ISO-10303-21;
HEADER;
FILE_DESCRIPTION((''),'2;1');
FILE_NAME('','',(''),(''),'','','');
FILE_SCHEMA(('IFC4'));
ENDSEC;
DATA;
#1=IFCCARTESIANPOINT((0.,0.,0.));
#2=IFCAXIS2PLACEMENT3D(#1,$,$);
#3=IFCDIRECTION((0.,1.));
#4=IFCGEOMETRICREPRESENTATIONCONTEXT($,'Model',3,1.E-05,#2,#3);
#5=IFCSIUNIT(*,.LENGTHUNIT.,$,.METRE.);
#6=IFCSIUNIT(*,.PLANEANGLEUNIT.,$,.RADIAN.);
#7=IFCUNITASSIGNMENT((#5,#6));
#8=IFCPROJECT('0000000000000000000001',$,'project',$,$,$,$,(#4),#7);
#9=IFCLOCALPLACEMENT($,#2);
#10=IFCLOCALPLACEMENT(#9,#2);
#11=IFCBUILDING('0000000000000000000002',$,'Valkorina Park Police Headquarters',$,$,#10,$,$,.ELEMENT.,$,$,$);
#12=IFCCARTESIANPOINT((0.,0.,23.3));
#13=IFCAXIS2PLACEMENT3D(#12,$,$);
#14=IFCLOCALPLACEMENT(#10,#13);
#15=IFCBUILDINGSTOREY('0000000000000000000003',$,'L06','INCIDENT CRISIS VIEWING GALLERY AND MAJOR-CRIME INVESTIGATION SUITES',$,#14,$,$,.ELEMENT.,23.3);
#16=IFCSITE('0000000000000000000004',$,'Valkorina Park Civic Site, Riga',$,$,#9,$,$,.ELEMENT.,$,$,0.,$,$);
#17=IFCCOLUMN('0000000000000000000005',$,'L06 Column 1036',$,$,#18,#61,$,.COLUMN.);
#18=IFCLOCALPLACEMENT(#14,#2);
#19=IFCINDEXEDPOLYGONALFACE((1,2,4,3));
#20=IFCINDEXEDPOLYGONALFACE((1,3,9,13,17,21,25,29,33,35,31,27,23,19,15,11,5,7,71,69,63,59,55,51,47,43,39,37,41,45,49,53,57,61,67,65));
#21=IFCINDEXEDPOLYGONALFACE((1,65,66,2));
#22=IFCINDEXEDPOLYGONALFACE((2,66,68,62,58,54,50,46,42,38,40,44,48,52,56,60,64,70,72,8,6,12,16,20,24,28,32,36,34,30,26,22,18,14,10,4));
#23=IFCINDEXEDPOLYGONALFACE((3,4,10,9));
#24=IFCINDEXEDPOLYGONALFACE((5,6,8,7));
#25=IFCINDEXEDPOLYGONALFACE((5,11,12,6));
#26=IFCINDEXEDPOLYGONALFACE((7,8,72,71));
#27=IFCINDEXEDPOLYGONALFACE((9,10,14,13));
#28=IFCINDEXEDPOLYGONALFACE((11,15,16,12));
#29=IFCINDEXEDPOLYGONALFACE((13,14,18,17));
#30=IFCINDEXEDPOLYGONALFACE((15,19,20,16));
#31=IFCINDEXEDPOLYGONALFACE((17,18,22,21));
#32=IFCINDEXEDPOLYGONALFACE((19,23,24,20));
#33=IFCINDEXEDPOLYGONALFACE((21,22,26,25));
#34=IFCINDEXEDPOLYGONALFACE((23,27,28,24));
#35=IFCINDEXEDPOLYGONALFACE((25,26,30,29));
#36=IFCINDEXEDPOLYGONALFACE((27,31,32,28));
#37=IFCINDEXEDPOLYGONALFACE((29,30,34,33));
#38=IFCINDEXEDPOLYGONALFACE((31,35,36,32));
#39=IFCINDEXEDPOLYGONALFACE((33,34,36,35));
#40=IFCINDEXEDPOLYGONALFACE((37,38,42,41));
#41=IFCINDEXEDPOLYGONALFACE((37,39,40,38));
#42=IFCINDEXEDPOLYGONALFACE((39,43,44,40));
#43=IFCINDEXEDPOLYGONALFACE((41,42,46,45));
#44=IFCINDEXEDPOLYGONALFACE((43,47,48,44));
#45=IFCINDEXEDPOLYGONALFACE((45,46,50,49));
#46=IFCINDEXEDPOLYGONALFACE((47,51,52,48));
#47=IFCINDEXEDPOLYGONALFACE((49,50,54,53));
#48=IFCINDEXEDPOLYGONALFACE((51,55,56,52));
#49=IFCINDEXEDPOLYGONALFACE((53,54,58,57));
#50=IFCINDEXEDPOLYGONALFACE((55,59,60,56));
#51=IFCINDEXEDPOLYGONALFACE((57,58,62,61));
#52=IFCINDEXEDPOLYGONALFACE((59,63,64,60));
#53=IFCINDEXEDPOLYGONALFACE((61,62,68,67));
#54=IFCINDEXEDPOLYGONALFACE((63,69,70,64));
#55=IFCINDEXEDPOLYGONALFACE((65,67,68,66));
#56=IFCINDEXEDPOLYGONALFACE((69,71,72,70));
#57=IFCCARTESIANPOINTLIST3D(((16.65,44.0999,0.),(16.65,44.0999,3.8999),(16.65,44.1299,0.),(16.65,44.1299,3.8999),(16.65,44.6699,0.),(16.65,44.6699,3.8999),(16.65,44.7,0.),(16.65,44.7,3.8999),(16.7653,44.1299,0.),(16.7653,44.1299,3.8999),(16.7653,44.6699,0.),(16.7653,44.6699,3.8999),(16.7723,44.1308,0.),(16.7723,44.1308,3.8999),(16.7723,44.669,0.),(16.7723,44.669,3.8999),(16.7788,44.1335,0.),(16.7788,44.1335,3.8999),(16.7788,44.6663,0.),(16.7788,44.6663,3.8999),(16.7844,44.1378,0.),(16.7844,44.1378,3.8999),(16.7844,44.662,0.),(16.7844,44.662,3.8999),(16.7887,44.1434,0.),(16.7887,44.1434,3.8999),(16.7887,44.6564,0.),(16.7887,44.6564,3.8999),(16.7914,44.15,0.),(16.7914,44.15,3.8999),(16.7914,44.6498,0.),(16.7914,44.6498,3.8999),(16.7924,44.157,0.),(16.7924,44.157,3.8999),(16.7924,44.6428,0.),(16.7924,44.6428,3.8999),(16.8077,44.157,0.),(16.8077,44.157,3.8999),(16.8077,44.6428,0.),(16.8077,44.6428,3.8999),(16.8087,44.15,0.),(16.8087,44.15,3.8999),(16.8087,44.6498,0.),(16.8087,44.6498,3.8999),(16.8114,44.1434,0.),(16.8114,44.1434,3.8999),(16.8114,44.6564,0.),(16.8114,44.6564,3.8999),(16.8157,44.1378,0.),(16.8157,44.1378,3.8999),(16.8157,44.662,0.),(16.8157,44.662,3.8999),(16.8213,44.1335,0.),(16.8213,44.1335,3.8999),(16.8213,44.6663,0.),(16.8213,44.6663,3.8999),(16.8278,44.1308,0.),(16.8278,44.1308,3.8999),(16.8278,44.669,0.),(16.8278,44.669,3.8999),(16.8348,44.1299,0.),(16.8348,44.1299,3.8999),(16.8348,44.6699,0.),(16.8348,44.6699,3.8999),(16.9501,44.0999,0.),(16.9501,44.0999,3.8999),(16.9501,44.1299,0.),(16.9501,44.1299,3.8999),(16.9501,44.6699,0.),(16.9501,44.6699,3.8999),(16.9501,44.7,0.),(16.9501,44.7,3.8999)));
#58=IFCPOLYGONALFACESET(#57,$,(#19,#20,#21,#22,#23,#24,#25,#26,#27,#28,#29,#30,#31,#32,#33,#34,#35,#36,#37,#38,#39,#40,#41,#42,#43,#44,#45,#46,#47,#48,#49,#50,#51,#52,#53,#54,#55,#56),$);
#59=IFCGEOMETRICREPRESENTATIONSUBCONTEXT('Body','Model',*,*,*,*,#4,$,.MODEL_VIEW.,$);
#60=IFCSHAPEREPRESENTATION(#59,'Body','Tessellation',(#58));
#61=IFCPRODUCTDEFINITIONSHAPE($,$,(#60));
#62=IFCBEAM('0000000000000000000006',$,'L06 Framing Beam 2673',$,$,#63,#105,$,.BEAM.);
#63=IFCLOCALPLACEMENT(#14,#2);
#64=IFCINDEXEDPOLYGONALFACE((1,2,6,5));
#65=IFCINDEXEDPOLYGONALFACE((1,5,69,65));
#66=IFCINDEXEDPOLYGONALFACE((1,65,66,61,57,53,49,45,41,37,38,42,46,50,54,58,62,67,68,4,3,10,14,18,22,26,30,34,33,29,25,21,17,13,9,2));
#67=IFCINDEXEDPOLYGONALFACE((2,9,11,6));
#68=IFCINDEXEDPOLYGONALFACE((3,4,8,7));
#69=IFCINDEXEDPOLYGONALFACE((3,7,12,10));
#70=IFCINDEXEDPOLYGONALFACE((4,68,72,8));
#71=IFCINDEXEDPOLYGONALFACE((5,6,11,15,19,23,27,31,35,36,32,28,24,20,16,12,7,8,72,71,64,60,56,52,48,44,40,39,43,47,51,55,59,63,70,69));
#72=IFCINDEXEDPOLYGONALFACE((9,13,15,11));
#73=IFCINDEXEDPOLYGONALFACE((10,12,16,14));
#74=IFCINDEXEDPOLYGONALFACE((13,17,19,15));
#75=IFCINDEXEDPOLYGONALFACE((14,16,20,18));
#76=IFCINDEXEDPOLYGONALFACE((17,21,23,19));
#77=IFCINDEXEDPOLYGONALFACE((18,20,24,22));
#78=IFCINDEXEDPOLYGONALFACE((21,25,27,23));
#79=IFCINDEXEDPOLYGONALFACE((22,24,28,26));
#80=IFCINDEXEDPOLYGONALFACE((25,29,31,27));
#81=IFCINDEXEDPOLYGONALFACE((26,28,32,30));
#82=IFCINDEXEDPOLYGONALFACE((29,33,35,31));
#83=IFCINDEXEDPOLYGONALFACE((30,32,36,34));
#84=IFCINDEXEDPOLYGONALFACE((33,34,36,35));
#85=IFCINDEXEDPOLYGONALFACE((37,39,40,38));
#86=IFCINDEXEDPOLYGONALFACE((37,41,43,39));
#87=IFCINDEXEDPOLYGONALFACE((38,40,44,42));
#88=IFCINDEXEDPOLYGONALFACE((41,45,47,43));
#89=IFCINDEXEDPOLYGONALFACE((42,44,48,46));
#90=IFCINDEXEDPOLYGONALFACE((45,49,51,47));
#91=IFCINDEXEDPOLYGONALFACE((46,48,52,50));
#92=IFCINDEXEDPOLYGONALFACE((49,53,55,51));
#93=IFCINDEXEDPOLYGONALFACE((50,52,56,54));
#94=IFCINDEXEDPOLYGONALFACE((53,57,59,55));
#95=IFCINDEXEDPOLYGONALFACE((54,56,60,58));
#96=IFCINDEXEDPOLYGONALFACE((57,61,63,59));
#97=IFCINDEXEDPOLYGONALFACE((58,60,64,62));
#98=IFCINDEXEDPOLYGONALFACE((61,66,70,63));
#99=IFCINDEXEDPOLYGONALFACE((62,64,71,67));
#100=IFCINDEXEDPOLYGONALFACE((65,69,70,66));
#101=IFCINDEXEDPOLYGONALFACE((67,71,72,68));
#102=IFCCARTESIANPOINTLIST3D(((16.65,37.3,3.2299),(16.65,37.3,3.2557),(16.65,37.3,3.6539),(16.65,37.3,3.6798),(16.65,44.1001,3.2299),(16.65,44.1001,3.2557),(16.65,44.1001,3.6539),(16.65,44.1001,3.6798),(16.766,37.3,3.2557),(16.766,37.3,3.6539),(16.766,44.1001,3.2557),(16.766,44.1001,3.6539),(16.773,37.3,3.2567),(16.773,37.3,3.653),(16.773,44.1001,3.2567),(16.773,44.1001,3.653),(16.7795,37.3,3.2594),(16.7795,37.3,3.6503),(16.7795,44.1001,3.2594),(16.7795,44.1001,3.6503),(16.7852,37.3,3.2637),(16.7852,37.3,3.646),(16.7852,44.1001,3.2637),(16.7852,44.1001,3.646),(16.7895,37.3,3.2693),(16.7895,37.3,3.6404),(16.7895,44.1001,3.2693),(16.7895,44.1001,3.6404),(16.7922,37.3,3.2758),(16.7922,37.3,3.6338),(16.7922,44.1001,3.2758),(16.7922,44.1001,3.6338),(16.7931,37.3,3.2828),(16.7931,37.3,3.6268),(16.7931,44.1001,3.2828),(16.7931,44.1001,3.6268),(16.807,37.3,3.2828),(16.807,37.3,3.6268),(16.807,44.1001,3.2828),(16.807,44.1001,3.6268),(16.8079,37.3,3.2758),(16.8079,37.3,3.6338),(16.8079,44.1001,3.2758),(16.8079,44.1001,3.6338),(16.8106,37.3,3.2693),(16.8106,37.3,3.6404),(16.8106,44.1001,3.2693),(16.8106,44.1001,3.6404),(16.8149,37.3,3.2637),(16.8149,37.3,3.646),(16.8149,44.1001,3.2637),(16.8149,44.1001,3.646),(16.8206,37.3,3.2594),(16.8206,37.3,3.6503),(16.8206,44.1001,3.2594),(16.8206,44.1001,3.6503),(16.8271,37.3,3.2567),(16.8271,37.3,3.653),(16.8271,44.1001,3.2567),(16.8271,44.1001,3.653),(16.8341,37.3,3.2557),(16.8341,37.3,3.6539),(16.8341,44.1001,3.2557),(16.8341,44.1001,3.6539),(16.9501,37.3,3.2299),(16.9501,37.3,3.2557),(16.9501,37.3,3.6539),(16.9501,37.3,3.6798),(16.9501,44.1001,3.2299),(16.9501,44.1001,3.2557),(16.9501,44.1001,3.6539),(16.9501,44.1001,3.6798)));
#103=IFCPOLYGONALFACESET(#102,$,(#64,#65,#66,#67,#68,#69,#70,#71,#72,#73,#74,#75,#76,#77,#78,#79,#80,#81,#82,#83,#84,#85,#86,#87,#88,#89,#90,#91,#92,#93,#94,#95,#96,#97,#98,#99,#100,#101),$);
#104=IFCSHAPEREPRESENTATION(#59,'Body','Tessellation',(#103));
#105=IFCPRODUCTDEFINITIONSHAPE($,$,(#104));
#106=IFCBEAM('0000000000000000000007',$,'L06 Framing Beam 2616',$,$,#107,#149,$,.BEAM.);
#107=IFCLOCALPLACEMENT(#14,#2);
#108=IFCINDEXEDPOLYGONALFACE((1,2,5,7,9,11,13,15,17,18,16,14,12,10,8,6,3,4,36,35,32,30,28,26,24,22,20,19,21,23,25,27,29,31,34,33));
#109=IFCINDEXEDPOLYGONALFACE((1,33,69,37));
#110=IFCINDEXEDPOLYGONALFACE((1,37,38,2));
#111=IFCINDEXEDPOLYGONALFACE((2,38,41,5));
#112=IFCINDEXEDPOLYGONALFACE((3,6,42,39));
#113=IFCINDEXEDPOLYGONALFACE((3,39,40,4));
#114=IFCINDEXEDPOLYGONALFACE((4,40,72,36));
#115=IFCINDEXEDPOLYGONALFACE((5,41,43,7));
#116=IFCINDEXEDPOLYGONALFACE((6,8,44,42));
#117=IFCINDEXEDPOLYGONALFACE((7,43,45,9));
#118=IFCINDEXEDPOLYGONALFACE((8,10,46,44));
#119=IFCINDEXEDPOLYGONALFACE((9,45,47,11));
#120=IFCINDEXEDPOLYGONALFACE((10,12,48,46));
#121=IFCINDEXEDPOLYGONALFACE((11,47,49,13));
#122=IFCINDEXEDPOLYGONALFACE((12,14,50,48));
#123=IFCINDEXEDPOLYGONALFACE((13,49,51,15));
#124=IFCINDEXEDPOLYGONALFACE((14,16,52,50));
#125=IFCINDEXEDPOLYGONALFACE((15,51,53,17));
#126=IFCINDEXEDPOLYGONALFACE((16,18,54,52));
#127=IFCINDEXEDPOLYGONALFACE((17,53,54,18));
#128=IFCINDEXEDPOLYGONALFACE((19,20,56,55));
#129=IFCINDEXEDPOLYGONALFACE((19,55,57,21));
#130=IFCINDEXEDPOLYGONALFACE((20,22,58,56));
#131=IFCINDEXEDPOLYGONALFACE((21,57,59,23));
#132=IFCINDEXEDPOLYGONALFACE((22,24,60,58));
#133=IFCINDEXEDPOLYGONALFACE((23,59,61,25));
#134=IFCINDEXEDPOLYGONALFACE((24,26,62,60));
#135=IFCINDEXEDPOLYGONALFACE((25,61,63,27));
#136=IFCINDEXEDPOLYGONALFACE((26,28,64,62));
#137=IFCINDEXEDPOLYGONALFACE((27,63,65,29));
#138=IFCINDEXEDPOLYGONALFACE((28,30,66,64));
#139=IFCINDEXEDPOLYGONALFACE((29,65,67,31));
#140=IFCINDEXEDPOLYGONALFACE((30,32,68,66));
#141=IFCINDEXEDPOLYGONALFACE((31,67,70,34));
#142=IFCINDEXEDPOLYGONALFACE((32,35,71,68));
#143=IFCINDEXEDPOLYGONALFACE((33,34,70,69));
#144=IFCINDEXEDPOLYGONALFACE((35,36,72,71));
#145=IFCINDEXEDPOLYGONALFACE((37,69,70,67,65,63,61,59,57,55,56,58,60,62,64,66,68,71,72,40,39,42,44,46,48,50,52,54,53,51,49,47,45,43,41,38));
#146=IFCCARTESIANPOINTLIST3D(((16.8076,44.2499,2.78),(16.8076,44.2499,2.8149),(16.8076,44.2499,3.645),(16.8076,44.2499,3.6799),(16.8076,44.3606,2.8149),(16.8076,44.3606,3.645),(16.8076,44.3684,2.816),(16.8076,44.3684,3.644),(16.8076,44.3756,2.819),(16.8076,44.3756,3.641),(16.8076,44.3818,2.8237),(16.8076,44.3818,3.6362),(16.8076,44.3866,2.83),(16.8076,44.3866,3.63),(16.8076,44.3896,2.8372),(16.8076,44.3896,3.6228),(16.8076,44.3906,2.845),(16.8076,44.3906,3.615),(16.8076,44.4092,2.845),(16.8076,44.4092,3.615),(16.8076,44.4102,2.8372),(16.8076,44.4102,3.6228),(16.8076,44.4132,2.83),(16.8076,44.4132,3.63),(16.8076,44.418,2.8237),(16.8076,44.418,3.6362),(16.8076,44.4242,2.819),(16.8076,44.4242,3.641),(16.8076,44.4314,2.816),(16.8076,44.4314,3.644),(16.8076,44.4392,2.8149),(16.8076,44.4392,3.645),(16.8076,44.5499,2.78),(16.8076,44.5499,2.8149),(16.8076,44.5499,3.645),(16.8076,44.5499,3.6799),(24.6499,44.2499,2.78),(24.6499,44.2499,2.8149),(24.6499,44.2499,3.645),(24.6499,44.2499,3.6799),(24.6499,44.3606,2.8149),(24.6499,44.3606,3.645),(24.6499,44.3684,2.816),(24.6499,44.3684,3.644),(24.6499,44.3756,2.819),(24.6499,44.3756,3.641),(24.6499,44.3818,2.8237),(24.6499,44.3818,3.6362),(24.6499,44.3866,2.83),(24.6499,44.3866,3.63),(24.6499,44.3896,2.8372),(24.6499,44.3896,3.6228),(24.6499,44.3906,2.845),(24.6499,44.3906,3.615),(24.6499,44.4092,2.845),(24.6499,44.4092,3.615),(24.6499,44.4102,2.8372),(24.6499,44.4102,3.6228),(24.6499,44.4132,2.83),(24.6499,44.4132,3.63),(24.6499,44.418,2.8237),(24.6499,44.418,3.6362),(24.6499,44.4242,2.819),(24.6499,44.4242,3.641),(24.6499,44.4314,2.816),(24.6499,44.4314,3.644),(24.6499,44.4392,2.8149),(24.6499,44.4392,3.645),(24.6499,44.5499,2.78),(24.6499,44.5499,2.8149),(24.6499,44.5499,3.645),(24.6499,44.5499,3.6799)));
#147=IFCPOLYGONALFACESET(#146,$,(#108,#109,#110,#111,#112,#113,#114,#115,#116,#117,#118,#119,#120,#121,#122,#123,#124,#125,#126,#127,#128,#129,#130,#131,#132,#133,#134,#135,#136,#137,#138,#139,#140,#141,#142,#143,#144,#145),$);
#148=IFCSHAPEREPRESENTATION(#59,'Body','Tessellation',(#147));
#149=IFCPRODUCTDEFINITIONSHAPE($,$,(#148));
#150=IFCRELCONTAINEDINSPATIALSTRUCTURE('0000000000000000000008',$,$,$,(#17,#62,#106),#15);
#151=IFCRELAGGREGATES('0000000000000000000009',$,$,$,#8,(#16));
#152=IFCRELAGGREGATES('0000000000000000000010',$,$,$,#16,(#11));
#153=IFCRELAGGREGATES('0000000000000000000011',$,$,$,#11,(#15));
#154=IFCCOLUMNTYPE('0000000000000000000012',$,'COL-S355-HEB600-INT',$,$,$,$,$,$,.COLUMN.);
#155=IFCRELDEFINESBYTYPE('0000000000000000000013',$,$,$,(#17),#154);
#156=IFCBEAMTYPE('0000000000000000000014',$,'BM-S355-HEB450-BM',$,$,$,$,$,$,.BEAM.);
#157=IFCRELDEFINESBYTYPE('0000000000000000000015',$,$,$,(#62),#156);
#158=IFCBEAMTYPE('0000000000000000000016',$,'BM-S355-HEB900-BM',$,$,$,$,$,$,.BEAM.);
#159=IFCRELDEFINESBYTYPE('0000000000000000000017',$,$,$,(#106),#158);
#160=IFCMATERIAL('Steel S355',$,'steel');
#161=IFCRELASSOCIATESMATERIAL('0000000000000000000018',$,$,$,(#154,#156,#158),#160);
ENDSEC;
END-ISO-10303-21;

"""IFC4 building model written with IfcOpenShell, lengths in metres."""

from ifc_helpers import new_model, si_unit, direction, frame, origin, origin_2d, place, context, subcontext, project, spatial, i_section, extrude, material, material_profile, profile_set, type_object, element, save


model = new_model("IFC4")

# Units and contexts
model_context = context("Model", 3, precision=1e-05, world=origin(), true_north=direction((0.0, 1.0)))
body_context = subcontext(model_context, "Body", "Model", "MODEL_VIEW")
ifc_project = project(units=[si_unit("LENGTHUNIT", "METRE"), si_unit("PLANEANGLEUNIT", "RADIAN")], contexts=[model_context])

# Site, building, storey
site_placement = place(None, origin())
site = spatial("IfcSite", under=ifc_project, at=site_placement, Name="Valkorina Park Civic Site, Riga", CompositionType="ELEMENT", RefElevation=0.0)
building_placement = place(site_placement, origin())
building = spatial("IfcBuilding", under=site, at=building_placement, Name="Valkorina Park Police Headquarters", CompositionType="ELEMENT")
storey_placement = place(building_placement, frame((0.0, 0.0, 23.3)))
storey = spatial("IfcBuildingStorey", under=building, at=storey_placement, Name="L06", Description="INCIDENT CRISIS VIEWING GALLERY AND MAJOR-CRIME INVESTIGATION SUITES", CompositionType="ELEMENT", Elevation=23.3)

# Column
ifc_material_1 = material(Name="Steel S355", Category="steel")
ifc_material_profile_1 = material_profile(ifc_material_1, i_section(OverallWidth=0.3, OverallDepth=0.6001, WebThickness=0.0154, FlangeThickness=0.03, FilletRadius=0.0271, at=origin_2d()), Name="HEB 600")
ifc_profile_set_1 = profile_set([ifc_material_profile_1], Name="Steel S355")
column_type = type_object("IfcColumnType", Name="COL-S355-HEB600-INT", PredefinedType="COLUMN", material=ifc_profile_set_1)
column_placement = place(storey_placement, frame((16.8, 44.3999, 0.0), z_axis=(0.0, 0.0, 1.0), x_axis=(1.0, 0.0, 0.0)))
element("IfcColumn", 1, at=column_placement, inside=storey, type_object=column_type, Name="L06 Column 1036", PredefinedType="COLUMN", context=body_context, shape_type="SweptSolid", body=[
    extrude(i_section(OverallWidth=0.3, OverallDepth=0.6001, WebThickness=0.0154, FlangeThickness=0.03, FilletRadius=0.0271, at=origin_2d()), origin(), (0.0, 0.0, 1.0), 3.8999),
])

# Beams
ifc_material_profile_2 = material_profile(ifc_material_1, i_section(OverallWidth=0.3, OverallDepth=0.45, WebThickness=0.0139, FlangeThickness=0.0259, FilletRadius=0.0271, at=origin_2d()), Name="HEB 450")
ifc_profile_set_2 = profile_set([ifc_material_profile_2], Name="Steel S355")
beam_type_1 = type_object("IfcBeamType", Name="BM-S355-HEB450-BM", PredefinedType="BEAM", material=ifc_profile_set_2)
beam_1_placement = place(storey_placement, frame((16.8, 37.3, 3.4548), z_axis=(0.0, 1.0, 0.0), x_axis=(-1.0, 0.0, 0.0)))
element("IfcBeam", 2, at=beam_1_placement, inside=storey, type_object=beam_type_1, Name="L06 Framing Beam 2673", PredefinedType="BEAM", context=body_context, shape_type="SweptSolid", body=[
    extrude(i_section(OverallWidth=0.3, OverallDepth=0.45, WebThickness=0.0139, FlangeThickness=0.0259, FilletRadius=0.0271, at=origin_2d()), origin(), (0.0, 0.0, 1.0), 6.8),
])
ifc_material_profile_3 = material_profile(ifc_material_1, i_section(OverallWidth=0.3, OverallDepth=0.8999, WebThickness=0.0186, FlangeThickness=0.0349, FilletRadius=0.03, at=origin_2d()), Name="HEB 900")
ifc_profile_set_3 = profile_set([ifc_material_profile_3], Name="Steel S355")
beam_type_2 = type_object("IfcBeamType", Name="BM-S355-HEB900-BM", PredefinedType="BEAM", material=ifc_profile_set_3)
beam_2_placement = place(storey_placement, frame((16.8076, 44.3999, 3.23), z_axis=(1.0, 0.0, 0.0), x_axis=(0.0, 1.0, 0.0)))
element("IfcBeam", 3, at=beam_2_placement, inside=storey, type_object=beam_type_2, Name="L06 Framing Beam 2616", PredefinedType="BEAM", context=body_context, shape_type="SweptSolid", body=[
    extrude(i_section(OverallWidth=0.3, OverallDepth=0.8999, WebThickness=0.0186, FlangeThickness=0.0349, FilletRadius=0.03, at=origin_2d()), origin(), (0.0, 0.0, 1.0), 7.8423),
])

save(model, "model.ifc")
